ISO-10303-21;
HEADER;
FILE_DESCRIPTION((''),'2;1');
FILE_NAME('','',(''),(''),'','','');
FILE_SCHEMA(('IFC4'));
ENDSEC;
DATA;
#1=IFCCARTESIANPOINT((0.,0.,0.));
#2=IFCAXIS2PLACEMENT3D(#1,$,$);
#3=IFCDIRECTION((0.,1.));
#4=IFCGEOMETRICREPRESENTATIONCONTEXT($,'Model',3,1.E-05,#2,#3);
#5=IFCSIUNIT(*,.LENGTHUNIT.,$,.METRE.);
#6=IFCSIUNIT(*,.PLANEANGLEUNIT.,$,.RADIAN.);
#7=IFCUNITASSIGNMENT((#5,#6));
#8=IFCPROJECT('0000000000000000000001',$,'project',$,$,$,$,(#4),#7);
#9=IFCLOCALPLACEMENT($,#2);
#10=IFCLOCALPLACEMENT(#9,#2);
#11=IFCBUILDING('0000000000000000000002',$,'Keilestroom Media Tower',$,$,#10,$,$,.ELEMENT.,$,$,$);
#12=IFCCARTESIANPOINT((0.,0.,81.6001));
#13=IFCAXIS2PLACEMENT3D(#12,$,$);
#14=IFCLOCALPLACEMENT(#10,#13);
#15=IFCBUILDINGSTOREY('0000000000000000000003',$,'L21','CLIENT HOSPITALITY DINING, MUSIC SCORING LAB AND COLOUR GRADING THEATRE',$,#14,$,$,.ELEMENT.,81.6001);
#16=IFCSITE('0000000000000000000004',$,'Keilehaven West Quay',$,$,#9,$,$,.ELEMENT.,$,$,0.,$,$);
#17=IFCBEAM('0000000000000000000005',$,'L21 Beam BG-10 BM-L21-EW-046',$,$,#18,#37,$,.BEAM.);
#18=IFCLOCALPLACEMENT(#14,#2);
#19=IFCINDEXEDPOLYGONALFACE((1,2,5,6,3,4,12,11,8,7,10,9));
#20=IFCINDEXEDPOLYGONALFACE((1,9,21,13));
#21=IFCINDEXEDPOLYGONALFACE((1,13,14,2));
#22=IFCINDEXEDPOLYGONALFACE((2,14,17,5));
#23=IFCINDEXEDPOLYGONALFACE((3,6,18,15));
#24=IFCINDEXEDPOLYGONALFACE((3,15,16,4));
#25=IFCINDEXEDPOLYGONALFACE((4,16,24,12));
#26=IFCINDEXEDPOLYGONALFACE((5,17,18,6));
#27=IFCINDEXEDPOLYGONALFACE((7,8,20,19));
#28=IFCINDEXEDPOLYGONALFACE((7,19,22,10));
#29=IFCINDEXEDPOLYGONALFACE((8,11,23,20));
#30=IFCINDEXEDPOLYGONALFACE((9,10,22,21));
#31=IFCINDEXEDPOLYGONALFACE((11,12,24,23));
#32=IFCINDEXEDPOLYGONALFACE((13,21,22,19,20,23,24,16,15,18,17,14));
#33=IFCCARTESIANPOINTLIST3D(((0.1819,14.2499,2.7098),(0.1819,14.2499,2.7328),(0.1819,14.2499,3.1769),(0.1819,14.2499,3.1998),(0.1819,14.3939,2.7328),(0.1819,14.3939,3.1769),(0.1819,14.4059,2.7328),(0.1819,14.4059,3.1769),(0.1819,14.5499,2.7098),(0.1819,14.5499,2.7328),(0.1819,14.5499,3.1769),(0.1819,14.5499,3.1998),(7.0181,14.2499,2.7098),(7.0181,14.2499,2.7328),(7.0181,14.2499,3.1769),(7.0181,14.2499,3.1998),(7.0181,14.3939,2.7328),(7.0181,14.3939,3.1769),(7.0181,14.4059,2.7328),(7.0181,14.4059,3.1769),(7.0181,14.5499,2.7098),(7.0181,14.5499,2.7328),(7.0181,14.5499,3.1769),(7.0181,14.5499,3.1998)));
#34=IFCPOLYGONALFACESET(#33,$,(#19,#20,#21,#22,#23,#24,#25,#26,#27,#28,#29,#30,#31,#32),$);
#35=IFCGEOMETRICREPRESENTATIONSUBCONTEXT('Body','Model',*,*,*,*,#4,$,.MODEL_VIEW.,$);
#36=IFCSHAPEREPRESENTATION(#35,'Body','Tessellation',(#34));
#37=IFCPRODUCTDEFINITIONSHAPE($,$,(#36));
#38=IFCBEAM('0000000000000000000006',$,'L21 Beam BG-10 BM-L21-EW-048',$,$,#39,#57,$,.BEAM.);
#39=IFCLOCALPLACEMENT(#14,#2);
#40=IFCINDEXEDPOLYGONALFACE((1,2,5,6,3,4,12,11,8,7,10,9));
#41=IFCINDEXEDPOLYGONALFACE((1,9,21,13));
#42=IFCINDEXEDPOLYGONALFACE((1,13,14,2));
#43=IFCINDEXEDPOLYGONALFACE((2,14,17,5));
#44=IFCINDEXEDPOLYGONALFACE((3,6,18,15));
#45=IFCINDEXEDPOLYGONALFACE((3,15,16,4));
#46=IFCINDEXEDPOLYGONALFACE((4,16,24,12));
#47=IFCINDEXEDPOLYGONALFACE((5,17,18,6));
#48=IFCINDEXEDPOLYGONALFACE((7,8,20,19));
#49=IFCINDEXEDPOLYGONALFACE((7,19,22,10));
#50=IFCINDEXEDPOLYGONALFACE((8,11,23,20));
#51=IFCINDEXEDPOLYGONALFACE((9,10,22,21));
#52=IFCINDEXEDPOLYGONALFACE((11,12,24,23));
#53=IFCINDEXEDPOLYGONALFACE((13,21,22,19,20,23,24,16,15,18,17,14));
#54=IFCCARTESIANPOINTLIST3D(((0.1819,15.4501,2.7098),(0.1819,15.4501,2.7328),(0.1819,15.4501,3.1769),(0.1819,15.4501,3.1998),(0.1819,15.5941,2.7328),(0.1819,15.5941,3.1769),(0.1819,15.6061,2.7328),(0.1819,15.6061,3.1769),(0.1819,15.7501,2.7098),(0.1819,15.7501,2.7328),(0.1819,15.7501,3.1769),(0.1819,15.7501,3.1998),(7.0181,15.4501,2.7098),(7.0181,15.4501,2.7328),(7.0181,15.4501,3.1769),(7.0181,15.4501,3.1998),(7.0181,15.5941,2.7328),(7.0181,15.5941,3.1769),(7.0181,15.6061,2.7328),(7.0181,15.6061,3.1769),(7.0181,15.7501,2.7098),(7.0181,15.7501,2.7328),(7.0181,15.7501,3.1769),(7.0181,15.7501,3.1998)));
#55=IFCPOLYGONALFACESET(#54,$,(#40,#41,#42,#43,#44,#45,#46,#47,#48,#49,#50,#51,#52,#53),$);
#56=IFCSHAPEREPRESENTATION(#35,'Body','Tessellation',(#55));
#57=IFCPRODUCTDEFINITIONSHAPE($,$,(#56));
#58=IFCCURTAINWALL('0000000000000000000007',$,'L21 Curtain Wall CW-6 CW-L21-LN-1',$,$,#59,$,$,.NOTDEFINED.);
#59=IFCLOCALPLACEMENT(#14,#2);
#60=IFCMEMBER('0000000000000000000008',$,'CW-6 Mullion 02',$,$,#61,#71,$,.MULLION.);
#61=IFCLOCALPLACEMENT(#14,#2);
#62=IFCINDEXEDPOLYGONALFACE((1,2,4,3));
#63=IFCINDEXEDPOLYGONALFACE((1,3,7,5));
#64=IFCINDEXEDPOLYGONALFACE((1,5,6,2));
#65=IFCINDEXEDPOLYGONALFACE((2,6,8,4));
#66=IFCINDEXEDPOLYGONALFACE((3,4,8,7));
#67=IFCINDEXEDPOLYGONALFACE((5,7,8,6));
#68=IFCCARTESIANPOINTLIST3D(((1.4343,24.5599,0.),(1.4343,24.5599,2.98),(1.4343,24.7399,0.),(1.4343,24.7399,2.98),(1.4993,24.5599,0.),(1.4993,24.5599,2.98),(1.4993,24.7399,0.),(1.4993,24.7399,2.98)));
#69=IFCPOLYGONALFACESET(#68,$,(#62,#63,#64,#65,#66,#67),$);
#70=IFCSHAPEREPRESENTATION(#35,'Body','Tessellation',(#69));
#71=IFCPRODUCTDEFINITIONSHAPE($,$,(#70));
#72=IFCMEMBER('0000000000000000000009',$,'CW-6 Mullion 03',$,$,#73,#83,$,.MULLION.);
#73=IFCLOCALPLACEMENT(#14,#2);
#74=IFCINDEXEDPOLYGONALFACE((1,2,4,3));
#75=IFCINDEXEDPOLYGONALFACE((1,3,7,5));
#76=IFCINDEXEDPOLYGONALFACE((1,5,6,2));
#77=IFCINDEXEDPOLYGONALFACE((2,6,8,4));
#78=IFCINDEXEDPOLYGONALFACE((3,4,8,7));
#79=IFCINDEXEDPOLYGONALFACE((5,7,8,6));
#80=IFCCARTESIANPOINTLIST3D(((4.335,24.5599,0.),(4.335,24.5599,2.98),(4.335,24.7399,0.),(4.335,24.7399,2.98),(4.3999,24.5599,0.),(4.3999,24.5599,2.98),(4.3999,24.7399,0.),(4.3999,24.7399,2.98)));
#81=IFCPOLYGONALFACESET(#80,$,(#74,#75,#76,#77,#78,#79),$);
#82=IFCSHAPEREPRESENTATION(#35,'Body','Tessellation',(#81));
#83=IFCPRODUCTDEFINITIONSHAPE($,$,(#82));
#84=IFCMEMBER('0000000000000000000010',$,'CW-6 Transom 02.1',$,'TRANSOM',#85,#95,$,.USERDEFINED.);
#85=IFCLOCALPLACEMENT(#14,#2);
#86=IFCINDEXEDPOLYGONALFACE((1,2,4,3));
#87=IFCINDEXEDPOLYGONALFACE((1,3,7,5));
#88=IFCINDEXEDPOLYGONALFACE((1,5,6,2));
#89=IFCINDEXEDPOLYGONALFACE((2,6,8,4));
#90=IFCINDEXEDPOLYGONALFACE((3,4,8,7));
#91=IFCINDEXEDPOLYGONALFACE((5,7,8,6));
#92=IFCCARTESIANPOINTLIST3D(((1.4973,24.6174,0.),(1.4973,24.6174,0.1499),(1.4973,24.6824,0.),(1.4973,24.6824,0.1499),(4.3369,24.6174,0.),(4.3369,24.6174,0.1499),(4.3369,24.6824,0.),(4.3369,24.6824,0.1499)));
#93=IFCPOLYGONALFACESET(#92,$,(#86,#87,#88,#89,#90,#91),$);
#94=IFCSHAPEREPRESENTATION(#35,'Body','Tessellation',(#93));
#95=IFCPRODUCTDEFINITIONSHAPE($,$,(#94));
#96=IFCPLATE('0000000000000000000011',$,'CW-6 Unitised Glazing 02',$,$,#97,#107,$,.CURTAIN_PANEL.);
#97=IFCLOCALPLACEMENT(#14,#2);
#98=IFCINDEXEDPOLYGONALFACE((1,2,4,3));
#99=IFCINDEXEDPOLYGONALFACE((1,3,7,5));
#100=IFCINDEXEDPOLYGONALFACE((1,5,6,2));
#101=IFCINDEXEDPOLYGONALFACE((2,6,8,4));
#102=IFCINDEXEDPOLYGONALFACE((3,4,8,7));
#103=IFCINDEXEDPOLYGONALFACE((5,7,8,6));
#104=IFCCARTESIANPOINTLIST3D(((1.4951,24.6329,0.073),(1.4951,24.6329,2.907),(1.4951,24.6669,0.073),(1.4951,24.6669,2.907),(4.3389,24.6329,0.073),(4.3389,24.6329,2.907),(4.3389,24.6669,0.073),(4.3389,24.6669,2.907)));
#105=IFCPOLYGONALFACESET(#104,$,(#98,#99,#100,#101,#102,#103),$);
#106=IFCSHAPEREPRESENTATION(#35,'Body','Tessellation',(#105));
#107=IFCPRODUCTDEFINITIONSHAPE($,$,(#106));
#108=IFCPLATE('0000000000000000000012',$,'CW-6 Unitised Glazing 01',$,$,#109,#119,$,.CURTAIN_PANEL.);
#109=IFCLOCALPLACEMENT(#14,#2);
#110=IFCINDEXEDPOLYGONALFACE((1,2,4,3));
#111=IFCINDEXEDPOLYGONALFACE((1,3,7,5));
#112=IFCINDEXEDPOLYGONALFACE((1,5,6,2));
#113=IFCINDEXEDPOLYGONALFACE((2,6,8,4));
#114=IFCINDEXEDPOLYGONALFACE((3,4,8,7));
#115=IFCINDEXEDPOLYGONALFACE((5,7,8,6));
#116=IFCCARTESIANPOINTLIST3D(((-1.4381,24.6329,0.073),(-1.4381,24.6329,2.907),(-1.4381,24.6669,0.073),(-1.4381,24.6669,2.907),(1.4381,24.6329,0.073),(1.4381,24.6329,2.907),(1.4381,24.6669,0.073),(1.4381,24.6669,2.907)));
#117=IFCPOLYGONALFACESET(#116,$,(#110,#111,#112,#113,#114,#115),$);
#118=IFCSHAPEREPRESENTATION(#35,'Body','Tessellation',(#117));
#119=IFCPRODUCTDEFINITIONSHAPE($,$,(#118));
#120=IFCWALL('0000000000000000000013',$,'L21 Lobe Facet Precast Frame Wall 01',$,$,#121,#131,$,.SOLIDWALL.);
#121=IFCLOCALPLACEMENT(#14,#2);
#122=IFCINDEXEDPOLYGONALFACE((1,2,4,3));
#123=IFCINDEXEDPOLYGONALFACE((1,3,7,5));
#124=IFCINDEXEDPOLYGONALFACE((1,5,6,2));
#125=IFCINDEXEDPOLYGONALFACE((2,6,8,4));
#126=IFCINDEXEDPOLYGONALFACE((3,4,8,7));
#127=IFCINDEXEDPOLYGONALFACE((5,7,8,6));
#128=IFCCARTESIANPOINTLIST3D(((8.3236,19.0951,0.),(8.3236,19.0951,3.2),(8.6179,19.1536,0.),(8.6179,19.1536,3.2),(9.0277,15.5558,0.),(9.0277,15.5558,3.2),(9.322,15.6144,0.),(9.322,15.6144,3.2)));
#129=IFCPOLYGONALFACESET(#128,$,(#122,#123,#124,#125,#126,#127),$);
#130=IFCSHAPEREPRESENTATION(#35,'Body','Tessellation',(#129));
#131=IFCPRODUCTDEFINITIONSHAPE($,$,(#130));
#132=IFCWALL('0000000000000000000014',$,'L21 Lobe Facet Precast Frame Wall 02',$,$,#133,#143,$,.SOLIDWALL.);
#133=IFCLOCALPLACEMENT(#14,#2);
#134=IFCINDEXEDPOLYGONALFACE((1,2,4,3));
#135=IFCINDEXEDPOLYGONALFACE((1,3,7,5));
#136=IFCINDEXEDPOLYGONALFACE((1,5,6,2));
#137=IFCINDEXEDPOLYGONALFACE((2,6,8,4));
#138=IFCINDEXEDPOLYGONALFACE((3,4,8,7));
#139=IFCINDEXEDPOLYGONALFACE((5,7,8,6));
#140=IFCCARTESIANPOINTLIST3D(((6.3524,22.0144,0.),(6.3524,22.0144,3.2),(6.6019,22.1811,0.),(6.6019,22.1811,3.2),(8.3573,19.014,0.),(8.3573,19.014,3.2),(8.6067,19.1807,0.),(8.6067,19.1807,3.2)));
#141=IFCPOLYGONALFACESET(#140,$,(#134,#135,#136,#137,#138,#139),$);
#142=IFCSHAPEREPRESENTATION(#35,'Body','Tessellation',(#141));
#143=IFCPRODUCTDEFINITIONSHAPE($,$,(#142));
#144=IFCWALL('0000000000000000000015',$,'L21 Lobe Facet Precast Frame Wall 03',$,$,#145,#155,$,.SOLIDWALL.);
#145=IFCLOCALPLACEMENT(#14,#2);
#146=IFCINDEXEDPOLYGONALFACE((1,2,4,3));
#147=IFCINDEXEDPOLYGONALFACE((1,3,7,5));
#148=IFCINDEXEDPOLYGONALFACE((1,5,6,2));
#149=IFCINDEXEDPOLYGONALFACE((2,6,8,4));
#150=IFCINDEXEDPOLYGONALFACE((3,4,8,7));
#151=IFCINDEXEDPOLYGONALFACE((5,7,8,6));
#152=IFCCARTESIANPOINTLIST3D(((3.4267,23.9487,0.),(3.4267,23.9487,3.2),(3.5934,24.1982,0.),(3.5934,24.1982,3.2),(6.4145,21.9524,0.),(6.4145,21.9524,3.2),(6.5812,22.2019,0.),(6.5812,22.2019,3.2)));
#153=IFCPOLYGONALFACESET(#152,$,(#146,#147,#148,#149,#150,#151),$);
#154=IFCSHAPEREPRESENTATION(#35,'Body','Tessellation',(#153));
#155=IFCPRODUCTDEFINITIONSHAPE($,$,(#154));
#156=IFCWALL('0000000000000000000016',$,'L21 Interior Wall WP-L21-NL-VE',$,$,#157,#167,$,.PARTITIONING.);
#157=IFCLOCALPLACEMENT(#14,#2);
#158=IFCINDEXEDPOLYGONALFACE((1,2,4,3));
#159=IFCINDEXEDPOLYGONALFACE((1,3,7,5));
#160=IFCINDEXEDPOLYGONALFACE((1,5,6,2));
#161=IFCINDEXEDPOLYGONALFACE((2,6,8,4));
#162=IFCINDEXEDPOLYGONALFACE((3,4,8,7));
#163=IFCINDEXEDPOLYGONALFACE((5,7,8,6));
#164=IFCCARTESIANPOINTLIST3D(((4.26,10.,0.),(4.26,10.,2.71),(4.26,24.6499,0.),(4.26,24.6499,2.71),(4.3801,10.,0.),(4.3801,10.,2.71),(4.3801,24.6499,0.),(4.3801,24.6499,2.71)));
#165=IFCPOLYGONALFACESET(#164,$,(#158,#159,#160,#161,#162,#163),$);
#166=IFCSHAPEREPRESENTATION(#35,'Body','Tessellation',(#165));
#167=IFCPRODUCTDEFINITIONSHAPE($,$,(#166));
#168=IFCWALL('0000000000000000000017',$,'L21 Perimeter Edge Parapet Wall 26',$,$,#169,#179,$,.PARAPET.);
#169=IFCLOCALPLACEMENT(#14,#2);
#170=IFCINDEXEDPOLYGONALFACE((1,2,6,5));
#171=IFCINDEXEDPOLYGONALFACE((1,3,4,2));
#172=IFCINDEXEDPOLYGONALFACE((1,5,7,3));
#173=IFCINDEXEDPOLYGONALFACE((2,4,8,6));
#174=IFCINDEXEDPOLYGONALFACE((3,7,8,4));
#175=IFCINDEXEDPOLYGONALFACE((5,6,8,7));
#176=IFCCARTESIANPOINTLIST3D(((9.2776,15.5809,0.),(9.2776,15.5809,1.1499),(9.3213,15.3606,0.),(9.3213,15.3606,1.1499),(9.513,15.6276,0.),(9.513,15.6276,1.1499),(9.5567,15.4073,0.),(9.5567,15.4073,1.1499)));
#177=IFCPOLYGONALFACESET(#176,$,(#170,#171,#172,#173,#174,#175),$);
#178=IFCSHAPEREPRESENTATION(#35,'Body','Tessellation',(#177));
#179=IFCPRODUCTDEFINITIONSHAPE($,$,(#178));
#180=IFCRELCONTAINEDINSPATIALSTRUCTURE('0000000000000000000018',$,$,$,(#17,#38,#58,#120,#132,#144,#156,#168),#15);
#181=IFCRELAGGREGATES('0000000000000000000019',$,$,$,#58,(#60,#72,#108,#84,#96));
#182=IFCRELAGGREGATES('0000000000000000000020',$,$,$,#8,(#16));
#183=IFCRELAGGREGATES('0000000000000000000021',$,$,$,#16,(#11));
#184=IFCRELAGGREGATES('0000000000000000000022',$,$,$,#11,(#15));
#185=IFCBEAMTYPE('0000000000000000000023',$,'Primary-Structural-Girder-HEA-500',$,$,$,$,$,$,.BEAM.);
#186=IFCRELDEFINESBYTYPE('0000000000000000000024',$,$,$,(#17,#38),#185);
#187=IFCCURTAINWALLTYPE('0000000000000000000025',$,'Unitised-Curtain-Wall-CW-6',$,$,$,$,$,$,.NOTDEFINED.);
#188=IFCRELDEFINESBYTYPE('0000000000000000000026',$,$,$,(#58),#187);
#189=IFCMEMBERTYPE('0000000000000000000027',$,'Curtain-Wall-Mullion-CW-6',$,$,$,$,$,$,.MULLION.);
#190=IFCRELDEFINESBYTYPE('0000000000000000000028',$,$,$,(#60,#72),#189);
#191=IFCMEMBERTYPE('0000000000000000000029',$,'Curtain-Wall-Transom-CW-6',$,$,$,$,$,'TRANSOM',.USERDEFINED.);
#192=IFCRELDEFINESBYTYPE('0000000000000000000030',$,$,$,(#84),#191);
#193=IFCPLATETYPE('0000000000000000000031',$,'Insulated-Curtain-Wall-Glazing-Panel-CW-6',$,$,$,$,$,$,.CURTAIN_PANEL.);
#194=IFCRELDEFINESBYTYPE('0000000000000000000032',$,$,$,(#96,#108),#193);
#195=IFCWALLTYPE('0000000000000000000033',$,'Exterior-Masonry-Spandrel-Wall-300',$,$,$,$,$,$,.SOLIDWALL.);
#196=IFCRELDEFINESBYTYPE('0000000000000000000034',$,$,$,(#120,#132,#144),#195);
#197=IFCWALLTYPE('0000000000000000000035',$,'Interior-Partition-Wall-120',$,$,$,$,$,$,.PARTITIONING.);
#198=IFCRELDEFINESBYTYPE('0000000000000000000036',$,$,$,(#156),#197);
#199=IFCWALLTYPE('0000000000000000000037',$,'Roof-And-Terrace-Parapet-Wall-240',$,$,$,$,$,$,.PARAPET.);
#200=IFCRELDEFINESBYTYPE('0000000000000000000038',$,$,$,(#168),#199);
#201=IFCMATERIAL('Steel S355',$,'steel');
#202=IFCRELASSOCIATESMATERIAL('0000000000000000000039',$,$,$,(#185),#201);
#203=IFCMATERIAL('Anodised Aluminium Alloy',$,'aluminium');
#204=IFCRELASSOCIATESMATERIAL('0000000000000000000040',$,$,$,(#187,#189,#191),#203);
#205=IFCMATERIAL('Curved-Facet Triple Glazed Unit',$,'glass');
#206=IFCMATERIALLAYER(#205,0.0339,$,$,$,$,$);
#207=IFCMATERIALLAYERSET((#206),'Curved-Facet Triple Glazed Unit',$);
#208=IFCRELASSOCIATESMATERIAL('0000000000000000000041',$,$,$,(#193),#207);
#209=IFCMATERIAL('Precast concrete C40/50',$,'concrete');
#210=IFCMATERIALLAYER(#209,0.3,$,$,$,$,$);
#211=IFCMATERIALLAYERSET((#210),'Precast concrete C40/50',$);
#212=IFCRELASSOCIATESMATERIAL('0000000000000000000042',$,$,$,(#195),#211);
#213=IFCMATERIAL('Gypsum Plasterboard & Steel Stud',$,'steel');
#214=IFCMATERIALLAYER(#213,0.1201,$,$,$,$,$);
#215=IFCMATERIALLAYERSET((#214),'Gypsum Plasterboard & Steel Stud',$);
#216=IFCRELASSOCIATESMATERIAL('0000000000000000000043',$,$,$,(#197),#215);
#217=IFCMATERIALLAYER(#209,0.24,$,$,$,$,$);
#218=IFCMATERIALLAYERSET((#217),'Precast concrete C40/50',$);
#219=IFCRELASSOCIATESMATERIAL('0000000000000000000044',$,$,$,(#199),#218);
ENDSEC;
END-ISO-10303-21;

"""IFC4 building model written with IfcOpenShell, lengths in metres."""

from ifc_helpers import new_model, si_unit, direction, frame, frame_2d, origin, origin_2d, place, context, subcontext, project, spatial, rectangle, i_section, extrude, source, transform, mapped, material, layer, layer_set, material_profile, profile_set, type_object, element, aggregate, save


model = new_model("IFC4")

# Units and contexts
model_context = context("Model", 3, precision=1e-05, world=origin(), true_north=direction((0.0, 1.0)))
body_context = subcontext(model_context, "Body", "Model", "MODEL_VIEW")
ifc_project = project(units=[si_unit("LENGTHUNIT", "METRE"), si_unit("PLANEANGLEUNIT", "RADIAN")], contexts=[model_context])

# Site, building, storey
site_placement = place(None, origin())
site = spatial("IfcSite", under=ifc_project, at=site_placement, Name="Keilehaven West Quay", CompositionType="ELEMENT", RefElevation=0.0)
building_placement = place(site_placement, origin())
building = spatial("IfcBuilding", under=site, at=building_placement, Name="Keilestroom Media Tower", CompositionType="ELEMENT")
storey_placement = place(building_placement, frame((0.0, 0.0, 81.6001)))
storey = spatial("IfcBuildingStorey", under=building, at=storey_placement, Name="L21", Description="CLIENT HOSPITALITY DINING, MUSIC SCORING LAB AND COLOUR GRADING THEATRE", CompositionType="ELEMENT", Elevation=81.6001)

# Beams
ifc_material_1 = material(Name="Steel S355", Category="steel")
ifc_material_profile_1 = material_profile(ifc_material_1, i_section(OverallWidth=0.3, OverallDepth=0.49, WebThickness=0.012, FlangeThickness=0.0229, at=origin_2d()), Name="HEA 500")
ifc_profile_set_1 = profile_set([ifc_material_profile_1], Name="Steel S355")
beam_type_1 = type_object("IfcBeamType", Name="Primary-Structural-Girder-HEA-500", PredefinedType="BEAM", material=ifc_profile_set_1)
shared_shape_1 = source(origin(), body_context, "Body", "SweptSolid", [
    extrude(i_section(OverallWidth=0.3, OverallDepth=0.49, WebThickness=0.012, FlangeThickness=0.0229, at=origin_2d()), origin(), (0.0, 0.0, 1.0), 6.8362),
])
for number, where, z_axis, x_axis, name in (
    (1, (0.1819, 14.3999, 2.9548), (1.0, 0.0, 0.0), (0.0, 1.0, 0.0), "L21 Beam BG-10 BM-L21-EW-046"),
    (2, (0.1819, 15.6001, 2.9548), (1.0, 0.0, 0.0), (0.0, 1.0, 0.0), "L21 Beam BG-10 BM-L21-EW-048"),
):
    element("IfcBeam", number, at=place(storey_placement, frame(where, z_axis=z_axis, x_axis=x_axis)), inside=storey, type_object=beam_type_1, Name=name, PredefinedType="BEAM", context=body_context, shape_type="MappedRepresentation", body=[
        mapped(shared_shape_1, transform((0.0, 0.0, 0.0), x_axis=(1.0, 0.0, 0.0), y_axis=(0.0, 1.0, 0.0), z_axis=(0.0, 0.0, 1.0), scale=1.0)),
    ])

# Curtain wall, members, plates
ifc_material_2 = material(Name="Anodised Aluminium Alloy", Category="aluminium")
curtain_wall_type = type_object("IfcCurtainWallType", Name="Unitised-Curtain-Wall-CW-6", PredefinedType="NOTDEFINED", material=ifc_material_2)
curtain_wall_placement = place(storey_placement, origin())
curtain_wall = element("IfcCurtainWall", 3, at=curtain_wall_placement, inside=storey, type_object=curtain_wall_type, Name="L21 Curtain Wall CW-6 CW-L21-LN-1", PredefinedType="NOTDEFINED")
ifc_material_profile_2 = material_profile(ifc_material_2, rectangle(XDim=0.0649, YDim=0.1799, at=origin_2d()), Name="ALU MULLION 65x180")
ifc_profile_set_2 = profile_set([ifc_material_profile_2], Name="Anodised Aluminium Alloy")
member_type_1 = type_object("IfcMemberType", Name="Curtain-Wall-Mullion-CW-6", PredefinedType="MULLION", material=ifc_profile_set_2)
shared_shape_2 = source(origin(), body_context, "Body", "SweptSolid", [
    extrude(rectangle(XDim=0.0649, YDim=0.1799, at=origin_2d()), origin(), (0.0, 0.0, 1.0), 2.98),
])
member_1_placement = place(storey_placement, frame((1.4668, 24.6499, 0.0), z_axis=(0.0, 0.0, 1.0), x_axis=(1.0, 0.0, 0.0)))
member_1 = element("IfcMember", 4, at=member_1_placement, type_object=member_type_1, Name="CW-6 Mullion 02", PredefinedType="MULLION", context=body_context, shape_type="MappedRepresentation", body=[
    mapped(shared_shape_2, transform((0.0, 0.0, 0.0), x_axis=(1.0, 0.0, 0.0), y_axis=(0.0, 1.0, 0.0), z_axis=(0.0, 0.0, 1.0), scale=1.0)),
])
member_2_placement = place(storey_placement, frame((4.3674, 24.6499, 0.0), z_axis=(0.0, 0.0, 1.0), x_axis=(1.0, 0.0, 0.0)))
member_2 = element("IfcMember", 5, at=member_2_placement, type_object=member_type_1, Name="CW-6 Mullion 03", PredefinedType="MULLION", context=body_context, shape_type="MappedRepresentation", body=[
    mapped(shared_shape_2, transform((0.0, 0.0, 0.0), x_axis=(1.0, 0.0, 0.0), y_axis=(0.0, 1.0, 0.0), z_axis=(0.0, 0.0, 1.0), scale=1.0)),
])
ifc_material_profile_3 = material_profile(ifc_material_2, rectangle(XDim=0.0649, YDim=0.1499, at=origin_2d()), Name="ALU TRANSOM 65x150")
ifc_profile_set_3 = profile_set([ifc_material_profile_3], Name="Anodised Aluminium Alloy")
member_type_2 = type_object("IfcMemberType", Name="Curtain-Wall-Transom-CW-6", ElementType="TRANSOM", PredefinedType="USERDEFINED", material=ifc_profile_set_3)
shared_shape_3 = source(origin(), body_context, "Body", "SweptSolid", [
    extrude(rectangle(XDim=0.0649, YDim=0.1499, at=origin_2d()), origin(), (0.0, 0.0, 1.0), 2.8396),
])
member_3_placement = place(storey_placement, frame((1.4973, 24.6499, 0.075), z_axis=(1.0, 0.0, 0.0), x_axis=(0.0, 1.0, 0.0)))
member_3 = element("IfcMember", 6, at=member_3_placement, type_object=member_type_2, Name="CW-6 Transom 02.1", ObjectType="TRANSOM", PredefinedType="USERDEFINED", context=body_context, shape_type="MappedRepresentation", body=[
    mapped(shared_shape_3, transform((0.0, 0.0, 0.0), x_axis=(1.0, 0.0, 0.0), y_axis=(0.0, 1.0, 0.0), z_axis=(0.0, 0.0, 1.0), scale=1.0)),
])
ifc_material_3 = material(Name="Curved-Facet Triple Glazed Unit", Category="glass")
ifc_layer_1 = layer(ifc_material_3, 0.0339)
ifc_layer_set_1 = layer_set([ifc_layer_1], Name="Curved-Facet Triple Glazed Unit")
plate_type = type_object("IfcPlateType", Name="Insulated-Curtain-Wall-Glazing-Panel-CW-6", PredefinedType="CURTAIN_PANEL", material=ifc_layer_set_1)
shared_shape_4 = source(origin(), body_context, "Body", "SweptSolid", [
    extrude(rectangle(XDim=2.8438, YDim=0.0339, at=origin_2d()), origin(), (0.0, 0.0, 1.0), 2.834),
])
plate_1_placement = place(storey_placement, frame((2.917, 24.6499, 0.073), z_axis=(0.0, 0.0, 1.0), x_axis=(1.0, 0.0, 0.0)))
plate_1 = element("IfcPlate", 7, at=plate_1_placement, type_object=plate_type, Name="CW-6 Unitised Glazing 02", PredefinedType="CURTAIN_PANEL", context=body_context, shape_type="MappedRepresentation", body=[
    mapped(shared_shape_4, transform((0.0, 0.0, 0.0), x_axis=(1.0, 0.0, 0.0), y_axis=(0.0, 1.0, 0.0), z_axis=(0.0, 0.0, 1.0), scale=1.0)),
])
shared_shape_5 = source(origin(), body_context, "Body", "SweptSolid", [
    extrude(rectangle(XDim=2.8762, YDim=0.0339, at=origin_2d()), origin(), (0.0, 0.0, 1.0), 2.834),
])
plate_2_placement = place(storey_placement, frame((0.0, 24.6499, 0.073), z_axis=(0.0, 0.0, 1.0), x_axis=(1.0, 0.0, 0.0)))
plate_2 = element("IfcPlate", 8, at=plate_2_placement, type_object=plate_type, Name="CW-6 Unitised Glazing 01", PredefinedType="CURTAIN_PANEL", context=body_context, shape_type="MappedRepresentation", body=[
    mapped(shared_shape_5, transform((0.0, 0.0, 0.0), x_axis=(1.0, 0.0, 0.0), y_axis=(0.0, 1.0, 0.0), z_axis=(0.0, 0.0, 1.0), scale=1.0)),
])
aggregate(curtain_wall, [member_1, member_2, plate_2, member_3, plate_1])

# Walls
ifc_material_4 = material(Name="Precast concrete C40/50", Category="concrete")
ifc_layer_2 = layer(ifc_material_4, 0.3)
ifc_layer_set_2 = layer_set([ifc_layer_2], Name="Precast concrete C40/50")
wall_type_1 = type_object("IfcWallType", Name="Exterior-Masonry-Spandrel-Wall-300", PredefinedType="SOLIDWALL", material=ifc_layer_set_2)
for number, where, z_axis, x_axis, name in (
    (9, (9.1748, 15.5852, 0.0), (0.0, 0.0, 1.0), (-0.195114, 0.980781, 0.0), "L21 Lobe Facet Precast Frame Wall 01"),
    (10, (8.4819, 19.0974, 0.0), (0.0, 0.0, 1.0), (-0.555574, 0.831467, 0.0), "L21 Lobe Facet Precast Frame Wall 02"),
):
    element("IfcWall", number, at=place(storey_placement, frame(where, z_axis=z_axis, x_axis=x_axis)), inside=storey, type_object=wall_type_1, Name=name, PredefinedType="SOLIDWALL", context=body_context, shape_type="SweptSolid", body=[
        extrude(rectangle(XDim=3.6086, YDim=0.3, at=frame_2d((1.8042, 0.0))), origin(), (0.0, 0.0, 1.0), 3.2),
    ])
wall_1_placement = place(storey_placement, frame((6.4978, 22.0771, 0.0), z_axis=(0.0, 0.0, 1.0), x_axis=(-0.831475, 0.555562, 0.0)))
element("IfcWall", 11, at=wall_1_placement, inside=storey, type_object=wall_type_1, Name="L21 Lobe Facet Precast Frame Wall 03", PredefinedType="SOLIDWALL", context=body_context, shape_type="SweptSolid", body=[
    extrude(rectangle(XDim=3.5933, YDim=0.3, at=frame_2d((1.7966, 0.0))), origin(), (0.0, 0.0, 1.0), 3.2),
])
ifc_material_5 = material(Name="Gypsum Plasterboard & Steel Stud", Category="steel")
ifc_layer_3 = layer(ifc_material_5, 0.1201)
ifc_layer_set_3 = layer_set([ifc_layer_3], Name="Gypsum Plasterboard & Steel Stud")
wall_type_2 = type_object("IfcWallType", Name="Interior-Partition-Wall-120", PredefinedType="PARTITIONING", material=ifc_layer_set_3)
wall_2_placement = place(storey_placement, frame((4.3201, 10.0, 0.0), z_axis=(0.0, 0.0, 1.0), x_axis=(0.0, 1.0, 0.0)))
element("IfcWall", 12, at=wall_2_placement, inside=storey, type_object=wall_type_2, Name="L21 Interior Wall WP-L21-NL-VE", PredefinedType="PARTITIONING", context=body_context, shape_type="SweptSolid", body=[
    extrude(rectangle(XDim=14.6499, YDim=0.1201, at=frame_2d((7.325, 0.0))), origin(), (0.0, 0.0, 1.0), 2.71),
])
ifc_layer_4 = layer(ifc_material_4, 0.24)
ifc_layer_set_4 = layer_set([ifc_layer_4], Name="Precast concrete C40/50")
wall_type_3 = type_object("IfcWallType", Name="Roof-And-Terrace-Parapet-Wall-240", PredefinedType="PARAPET", material=ifc_layer_set_4)
wall_3_placement = place(storey_placement, frame((9.3953, 15.6042, 0.0), z_axis=(0.0, 0.0, 1.0), x_axis=(0.194652, -0.980872, 0.0)))
element("IfcWall", 13, at=wall_3_placement, inside=storey, type_object=wall_type_3, Name="L21 Perimeter Edge Parapet Wall 26", PredefinedType="PARAPET", context=body_context, shape_type="SweptSolid", body=[
    extrude(rectangle(XDim=0.2246, YDim=0.24, at=frame_2d((0.1123, 0.0))), origin(), (0.0, 0.0, 1.0), 1.1499),
])

save(model, "model.ifc")
